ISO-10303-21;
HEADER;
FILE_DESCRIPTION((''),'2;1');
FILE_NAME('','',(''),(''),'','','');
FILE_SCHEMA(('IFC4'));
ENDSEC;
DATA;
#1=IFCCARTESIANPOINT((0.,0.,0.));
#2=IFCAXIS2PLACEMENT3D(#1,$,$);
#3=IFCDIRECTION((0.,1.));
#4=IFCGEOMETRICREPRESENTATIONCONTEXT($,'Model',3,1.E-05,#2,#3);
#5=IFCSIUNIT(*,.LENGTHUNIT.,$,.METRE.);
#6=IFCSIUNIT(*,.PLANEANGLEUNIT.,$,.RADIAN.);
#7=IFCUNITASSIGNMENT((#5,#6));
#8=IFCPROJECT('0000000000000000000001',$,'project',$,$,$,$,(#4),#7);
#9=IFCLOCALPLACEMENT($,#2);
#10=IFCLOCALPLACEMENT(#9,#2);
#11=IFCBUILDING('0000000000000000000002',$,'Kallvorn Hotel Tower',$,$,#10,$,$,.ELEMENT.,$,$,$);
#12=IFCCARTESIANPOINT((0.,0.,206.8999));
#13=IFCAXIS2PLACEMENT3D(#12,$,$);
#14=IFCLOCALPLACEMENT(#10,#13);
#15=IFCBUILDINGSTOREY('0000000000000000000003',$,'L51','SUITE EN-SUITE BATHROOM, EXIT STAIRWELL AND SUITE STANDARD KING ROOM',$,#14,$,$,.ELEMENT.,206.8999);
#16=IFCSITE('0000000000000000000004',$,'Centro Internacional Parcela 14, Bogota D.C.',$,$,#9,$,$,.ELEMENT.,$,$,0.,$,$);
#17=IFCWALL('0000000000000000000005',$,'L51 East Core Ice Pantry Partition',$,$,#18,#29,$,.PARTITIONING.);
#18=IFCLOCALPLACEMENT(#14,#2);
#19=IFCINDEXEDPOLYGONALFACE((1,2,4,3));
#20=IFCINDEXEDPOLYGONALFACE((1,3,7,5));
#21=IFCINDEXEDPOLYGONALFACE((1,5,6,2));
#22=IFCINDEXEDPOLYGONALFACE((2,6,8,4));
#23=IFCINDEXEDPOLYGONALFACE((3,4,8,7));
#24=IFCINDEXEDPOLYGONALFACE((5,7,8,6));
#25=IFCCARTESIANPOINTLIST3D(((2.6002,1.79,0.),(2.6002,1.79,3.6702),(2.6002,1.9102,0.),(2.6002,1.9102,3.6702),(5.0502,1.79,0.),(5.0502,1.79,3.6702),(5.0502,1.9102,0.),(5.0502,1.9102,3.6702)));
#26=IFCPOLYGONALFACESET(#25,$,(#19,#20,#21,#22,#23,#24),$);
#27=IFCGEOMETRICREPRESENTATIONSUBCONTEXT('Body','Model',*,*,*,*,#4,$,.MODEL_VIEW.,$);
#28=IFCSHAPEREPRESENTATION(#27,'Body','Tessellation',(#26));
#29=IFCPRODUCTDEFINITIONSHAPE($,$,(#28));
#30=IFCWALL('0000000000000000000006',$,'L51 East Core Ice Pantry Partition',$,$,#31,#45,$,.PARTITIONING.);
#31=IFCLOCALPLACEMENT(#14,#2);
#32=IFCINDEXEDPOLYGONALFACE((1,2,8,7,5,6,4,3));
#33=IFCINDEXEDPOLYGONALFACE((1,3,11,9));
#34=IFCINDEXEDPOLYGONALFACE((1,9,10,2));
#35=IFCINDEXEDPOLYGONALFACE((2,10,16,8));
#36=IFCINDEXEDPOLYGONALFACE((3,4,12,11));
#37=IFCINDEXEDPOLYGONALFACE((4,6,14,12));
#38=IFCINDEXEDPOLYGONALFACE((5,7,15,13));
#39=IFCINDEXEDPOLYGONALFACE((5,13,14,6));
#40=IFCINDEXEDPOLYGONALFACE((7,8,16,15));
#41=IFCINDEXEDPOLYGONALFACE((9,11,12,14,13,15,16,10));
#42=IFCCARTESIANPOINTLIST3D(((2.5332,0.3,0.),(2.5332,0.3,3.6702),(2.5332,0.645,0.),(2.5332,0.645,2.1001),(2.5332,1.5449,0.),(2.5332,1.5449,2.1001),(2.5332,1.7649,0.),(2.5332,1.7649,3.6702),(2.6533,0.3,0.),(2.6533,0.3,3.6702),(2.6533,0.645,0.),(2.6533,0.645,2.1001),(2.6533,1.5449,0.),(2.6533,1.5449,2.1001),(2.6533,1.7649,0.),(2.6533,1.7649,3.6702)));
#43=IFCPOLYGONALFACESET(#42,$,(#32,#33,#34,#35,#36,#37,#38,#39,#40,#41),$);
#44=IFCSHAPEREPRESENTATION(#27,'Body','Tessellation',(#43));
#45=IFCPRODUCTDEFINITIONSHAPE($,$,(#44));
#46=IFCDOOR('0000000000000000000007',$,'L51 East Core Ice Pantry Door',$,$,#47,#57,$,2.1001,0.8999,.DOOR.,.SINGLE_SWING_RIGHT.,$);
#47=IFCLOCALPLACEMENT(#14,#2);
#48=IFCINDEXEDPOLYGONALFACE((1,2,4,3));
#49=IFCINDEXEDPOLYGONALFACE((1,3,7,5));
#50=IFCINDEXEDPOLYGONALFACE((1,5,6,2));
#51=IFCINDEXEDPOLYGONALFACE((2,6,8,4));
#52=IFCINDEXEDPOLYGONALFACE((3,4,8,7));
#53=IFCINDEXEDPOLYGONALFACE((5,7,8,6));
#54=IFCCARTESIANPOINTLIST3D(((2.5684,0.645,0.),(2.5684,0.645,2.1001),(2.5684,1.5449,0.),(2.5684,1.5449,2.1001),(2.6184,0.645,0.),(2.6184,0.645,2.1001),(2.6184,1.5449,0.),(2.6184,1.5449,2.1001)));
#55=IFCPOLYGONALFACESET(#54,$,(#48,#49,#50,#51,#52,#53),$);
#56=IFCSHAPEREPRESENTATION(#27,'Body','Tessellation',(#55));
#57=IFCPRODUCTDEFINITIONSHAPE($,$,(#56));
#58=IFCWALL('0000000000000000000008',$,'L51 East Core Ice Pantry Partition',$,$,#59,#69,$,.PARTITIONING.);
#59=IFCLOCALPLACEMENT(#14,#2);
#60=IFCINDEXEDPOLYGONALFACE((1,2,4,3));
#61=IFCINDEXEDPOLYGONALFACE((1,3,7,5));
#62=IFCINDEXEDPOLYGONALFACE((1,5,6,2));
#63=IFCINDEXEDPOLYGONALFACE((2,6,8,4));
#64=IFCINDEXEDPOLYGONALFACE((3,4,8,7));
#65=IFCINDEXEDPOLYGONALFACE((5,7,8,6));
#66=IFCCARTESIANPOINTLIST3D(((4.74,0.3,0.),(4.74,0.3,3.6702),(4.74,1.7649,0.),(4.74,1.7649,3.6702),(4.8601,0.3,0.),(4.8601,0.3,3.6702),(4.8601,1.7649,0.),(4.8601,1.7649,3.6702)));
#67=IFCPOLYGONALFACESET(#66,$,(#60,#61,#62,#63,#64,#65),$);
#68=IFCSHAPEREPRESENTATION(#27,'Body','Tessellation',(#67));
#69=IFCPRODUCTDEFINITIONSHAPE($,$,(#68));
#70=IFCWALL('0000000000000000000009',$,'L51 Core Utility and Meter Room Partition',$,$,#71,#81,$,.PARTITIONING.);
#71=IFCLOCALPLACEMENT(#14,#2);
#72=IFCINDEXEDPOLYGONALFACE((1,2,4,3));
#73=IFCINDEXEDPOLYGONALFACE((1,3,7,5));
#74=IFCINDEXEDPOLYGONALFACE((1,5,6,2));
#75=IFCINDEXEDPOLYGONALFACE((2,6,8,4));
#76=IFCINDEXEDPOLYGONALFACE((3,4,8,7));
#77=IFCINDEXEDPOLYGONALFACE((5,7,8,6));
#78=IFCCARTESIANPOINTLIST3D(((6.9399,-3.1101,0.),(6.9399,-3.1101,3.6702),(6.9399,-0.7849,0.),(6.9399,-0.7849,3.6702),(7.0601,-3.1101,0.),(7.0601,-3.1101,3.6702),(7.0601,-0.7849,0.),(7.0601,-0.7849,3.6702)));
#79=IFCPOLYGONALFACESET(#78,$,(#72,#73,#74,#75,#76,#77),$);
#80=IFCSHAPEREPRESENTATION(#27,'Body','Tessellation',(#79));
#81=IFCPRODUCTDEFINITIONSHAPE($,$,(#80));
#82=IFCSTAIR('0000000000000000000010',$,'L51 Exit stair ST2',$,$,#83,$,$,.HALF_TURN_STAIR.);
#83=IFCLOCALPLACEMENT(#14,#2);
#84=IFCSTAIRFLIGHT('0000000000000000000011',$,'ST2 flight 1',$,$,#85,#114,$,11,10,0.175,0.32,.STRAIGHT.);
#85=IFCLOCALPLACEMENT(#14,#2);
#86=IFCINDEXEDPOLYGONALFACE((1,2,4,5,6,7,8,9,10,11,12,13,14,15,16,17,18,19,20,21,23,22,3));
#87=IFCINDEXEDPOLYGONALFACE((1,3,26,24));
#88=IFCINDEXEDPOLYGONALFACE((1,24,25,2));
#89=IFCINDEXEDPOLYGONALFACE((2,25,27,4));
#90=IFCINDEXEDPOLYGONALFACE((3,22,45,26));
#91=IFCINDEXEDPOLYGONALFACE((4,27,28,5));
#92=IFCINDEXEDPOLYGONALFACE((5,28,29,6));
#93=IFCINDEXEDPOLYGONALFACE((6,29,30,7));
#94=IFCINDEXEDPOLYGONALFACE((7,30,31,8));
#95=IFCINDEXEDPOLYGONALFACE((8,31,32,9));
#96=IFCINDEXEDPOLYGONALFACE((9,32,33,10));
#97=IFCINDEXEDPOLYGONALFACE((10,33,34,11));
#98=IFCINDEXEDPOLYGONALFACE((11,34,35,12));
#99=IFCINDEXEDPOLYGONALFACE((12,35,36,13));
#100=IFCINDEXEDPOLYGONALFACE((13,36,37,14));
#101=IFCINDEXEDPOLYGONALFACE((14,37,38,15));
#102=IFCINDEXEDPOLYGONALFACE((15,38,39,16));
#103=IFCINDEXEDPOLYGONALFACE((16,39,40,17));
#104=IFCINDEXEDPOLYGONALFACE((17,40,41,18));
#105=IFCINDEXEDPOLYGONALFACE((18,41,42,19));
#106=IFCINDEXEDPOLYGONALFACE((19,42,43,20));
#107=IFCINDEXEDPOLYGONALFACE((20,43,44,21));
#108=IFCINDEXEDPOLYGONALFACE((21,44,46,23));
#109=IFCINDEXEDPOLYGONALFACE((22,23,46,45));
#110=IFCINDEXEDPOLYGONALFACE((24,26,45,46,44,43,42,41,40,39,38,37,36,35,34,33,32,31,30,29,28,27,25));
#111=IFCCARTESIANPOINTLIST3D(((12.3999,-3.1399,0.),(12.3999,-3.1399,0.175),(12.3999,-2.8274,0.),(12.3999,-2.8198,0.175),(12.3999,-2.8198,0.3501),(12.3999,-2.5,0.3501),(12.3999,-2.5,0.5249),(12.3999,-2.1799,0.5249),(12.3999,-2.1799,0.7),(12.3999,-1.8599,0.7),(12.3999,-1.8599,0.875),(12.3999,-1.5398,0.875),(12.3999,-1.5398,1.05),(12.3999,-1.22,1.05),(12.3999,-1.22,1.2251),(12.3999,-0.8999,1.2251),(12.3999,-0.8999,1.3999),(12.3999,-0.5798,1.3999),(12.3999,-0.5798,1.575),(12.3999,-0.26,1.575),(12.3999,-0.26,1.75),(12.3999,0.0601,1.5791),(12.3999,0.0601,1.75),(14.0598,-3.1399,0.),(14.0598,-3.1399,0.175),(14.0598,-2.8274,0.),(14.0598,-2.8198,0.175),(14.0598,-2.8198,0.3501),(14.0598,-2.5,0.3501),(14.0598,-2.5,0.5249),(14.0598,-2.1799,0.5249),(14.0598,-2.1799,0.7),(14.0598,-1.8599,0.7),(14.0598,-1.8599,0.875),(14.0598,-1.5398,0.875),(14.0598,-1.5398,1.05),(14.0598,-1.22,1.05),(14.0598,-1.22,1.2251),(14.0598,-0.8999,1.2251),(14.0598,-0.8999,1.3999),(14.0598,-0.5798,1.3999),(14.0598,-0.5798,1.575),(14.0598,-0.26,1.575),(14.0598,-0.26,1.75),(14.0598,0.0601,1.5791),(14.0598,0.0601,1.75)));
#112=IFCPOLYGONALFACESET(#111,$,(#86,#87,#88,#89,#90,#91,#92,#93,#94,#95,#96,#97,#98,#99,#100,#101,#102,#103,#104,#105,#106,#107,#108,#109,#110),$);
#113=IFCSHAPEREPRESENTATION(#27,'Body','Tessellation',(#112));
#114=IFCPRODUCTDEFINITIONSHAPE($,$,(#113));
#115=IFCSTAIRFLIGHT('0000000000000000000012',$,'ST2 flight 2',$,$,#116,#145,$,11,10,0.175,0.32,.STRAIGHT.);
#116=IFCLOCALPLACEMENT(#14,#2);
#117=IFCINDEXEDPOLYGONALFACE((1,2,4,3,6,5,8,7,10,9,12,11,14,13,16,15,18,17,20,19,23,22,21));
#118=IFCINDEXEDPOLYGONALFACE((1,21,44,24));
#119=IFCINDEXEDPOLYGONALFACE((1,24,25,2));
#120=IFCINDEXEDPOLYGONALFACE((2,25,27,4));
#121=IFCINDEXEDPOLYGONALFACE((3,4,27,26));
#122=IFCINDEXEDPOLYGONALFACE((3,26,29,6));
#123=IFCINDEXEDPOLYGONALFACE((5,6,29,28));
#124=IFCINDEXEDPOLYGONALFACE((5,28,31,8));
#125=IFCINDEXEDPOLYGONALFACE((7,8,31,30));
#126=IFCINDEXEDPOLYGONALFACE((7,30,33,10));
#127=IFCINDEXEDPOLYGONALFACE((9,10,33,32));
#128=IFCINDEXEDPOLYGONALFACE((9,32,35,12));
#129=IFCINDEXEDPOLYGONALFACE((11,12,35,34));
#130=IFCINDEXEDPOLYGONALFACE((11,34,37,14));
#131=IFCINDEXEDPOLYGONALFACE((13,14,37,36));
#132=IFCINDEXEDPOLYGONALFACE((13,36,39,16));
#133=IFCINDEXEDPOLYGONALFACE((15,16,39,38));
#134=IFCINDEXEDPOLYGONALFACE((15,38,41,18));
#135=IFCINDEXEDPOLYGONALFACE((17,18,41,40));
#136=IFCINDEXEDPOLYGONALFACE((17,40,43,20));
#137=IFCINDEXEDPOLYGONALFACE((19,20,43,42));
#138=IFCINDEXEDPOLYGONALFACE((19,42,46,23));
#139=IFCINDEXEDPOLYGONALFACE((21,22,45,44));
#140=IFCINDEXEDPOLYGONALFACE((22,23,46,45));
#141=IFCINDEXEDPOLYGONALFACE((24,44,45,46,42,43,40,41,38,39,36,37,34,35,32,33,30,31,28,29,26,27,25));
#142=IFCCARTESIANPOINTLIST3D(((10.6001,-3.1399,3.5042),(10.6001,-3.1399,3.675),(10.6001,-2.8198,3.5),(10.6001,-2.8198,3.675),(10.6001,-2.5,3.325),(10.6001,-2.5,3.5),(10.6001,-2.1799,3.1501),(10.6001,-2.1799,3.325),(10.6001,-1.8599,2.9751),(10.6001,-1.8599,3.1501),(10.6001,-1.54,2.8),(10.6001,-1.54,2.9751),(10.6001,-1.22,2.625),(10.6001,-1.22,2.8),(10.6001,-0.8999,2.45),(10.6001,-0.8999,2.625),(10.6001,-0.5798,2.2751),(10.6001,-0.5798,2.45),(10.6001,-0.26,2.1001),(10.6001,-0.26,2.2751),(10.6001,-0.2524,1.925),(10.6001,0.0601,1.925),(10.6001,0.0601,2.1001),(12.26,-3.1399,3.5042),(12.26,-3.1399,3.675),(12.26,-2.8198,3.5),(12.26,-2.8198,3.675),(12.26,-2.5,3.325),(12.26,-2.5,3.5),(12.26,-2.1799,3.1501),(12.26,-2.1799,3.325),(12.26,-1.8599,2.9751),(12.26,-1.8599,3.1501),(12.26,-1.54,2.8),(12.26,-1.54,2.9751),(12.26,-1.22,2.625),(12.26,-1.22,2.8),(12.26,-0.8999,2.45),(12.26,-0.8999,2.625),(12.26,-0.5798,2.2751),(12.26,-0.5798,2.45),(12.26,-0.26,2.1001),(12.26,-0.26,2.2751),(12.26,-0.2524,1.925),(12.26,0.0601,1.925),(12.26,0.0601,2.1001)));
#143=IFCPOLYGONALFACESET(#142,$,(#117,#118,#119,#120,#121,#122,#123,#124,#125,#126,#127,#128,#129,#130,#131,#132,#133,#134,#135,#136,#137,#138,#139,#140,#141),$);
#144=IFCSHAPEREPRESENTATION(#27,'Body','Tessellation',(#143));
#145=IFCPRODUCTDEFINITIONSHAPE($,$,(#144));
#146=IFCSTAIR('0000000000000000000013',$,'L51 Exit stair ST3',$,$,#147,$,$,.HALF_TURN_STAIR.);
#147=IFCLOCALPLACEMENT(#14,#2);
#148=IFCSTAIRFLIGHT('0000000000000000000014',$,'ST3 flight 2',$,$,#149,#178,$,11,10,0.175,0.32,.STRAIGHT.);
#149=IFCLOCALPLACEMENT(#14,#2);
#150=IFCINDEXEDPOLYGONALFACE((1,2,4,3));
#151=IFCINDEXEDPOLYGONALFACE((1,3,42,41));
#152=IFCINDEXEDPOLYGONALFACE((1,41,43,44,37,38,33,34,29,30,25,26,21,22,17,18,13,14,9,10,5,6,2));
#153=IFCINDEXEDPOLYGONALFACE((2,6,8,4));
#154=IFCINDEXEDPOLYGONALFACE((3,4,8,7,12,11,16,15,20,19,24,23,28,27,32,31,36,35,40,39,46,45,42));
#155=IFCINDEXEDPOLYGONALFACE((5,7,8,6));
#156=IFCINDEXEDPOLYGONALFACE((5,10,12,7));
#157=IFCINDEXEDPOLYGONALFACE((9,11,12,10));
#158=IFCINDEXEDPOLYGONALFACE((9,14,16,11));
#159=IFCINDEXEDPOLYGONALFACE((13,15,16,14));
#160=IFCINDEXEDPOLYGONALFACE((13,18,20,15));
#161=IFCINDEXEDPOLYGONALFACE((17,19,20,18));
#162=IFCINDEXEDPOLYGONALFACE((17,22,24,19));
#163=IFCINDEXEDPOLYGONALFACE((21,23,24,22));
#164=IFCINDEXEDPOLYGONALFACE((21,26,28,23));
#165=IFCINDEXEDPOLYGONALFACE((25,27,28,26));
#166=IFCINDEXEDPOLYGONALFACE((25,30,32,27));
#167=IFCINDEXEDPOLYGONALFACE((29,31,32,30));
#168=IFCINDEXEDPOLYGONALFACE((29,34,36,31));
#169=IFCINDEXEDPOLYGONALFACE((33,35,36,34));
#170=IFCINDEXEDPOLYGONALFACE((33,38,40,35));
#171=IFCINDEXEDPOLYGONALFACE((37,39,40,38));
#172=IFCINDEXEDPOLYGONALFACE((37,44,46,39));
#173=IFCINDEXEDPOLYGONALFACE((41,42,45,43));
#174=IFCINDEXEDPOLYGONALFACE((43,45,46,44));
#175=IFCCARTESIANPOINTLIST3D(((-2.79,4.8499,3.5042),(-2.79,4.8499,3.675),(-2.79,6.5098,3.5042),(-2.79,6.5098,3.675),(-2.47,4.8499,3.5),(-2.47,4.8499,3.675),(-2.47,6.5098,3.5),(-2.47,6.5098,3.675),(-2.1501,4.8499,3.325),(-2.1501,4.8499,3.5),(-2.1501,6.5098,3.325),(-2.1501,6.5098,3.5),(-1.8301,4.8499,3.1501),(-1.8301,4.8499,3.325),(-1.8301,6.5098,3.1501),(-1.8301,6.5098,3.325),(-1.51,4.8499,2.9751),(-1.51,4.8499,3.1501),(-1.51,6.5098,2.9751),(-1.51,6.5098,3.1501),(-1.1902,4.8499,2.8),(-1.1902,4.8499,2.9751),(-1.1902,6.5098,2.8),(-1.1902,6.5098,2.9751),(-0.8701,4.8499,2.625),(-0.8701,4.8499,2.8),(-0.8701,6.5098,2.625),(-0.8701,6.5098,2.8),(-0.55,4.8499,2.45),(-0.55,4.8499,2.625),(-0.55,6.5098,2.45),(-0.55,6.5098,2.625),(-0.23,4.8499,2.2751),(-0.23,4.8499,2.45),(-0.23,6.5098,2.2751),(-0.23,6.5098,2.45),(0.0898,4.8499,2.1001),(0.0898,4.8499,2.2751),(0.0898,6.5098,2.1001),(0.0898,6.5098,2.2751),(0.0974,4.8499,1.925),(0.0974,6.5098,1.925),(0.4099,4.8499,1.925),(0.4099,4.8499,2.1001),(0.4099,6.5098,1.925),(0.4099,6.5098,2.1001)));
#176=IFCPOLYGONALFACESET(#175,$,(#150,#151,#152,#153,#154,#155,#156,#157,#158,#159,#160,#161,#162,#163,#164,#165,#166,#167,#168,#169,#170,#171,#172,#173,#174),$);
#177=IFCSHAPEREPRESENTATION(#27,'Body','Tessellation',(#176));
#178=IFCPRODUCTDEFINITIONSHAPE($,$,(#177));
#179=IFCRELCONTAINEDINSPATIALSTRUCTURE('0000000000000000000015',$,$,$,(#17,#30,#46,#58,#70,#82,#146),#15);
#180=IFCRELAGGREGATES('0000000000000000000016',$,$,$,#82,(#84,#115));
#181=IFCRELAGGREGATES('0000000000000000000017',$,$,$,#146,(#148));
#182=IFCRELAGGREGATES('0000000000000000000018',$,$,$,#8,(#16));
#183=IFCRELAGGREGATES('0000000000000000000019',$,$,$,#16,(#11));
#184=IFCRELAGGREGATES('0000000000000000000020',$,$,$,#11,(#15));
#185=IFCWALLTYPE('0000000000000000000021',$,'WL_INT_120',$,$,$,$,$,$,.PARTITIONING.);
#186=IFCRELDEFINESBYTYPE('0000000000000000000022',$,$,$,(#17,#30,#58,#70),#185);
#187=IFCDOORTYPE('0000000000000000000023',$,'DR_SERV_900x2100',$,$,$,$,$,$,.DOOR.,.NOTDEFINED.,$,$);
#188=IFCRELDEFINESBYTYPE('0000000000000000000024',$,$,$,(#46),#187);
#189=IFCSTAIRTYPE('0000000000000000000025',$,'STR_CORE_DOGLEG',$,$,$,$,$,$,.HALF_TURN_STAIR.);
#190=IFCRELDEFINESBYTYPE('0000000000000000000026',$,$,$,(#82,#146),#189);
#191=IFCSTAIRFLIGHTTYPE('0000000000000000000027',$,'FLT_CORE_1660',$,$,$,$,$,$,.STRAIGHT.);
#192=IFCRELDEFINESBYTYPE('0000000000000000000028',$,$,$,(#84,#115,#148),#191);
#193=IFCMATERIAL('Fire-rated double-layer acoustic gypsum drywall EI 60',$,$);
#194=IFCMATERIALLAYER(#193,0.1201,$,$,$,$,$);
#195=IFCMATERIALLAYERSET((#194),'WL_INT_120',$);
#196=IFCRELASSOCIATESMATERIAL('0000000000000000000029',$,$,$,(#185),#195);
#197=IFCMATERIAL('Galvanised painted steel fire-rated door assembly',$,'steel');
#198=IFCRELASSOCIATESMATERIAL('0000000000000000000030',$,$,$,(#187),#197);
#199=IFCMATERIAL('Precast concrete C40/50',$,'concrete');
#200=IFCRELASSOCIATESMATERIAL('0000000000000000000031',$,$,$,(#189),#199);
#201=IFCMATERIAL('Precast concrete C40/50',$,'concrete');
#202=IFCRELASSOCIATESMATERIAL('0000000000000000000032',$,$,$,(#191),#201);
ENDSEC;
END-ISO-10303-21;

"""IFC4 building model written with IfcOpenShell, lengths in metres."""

from ifc_helpers import new_model, si_unit, direction, frame, frame_2d, origin, place, context, subcontext, project, spatial, polyline, rectangle, outline, extrude, material, layer, layer_set, type_object, element, fill, aggregate, save


model = new_model("IFC4")

# Units and contexts
model_context = context("Model", 3, precision=1e-05, world=origin(), true_north=direction((0.0, 1.0)))
body_context = subcontext(model_context, "Body", "Model", "MODEL_VIEW")
ifc_project = project(units=[si_unit("LENGTHUNIT", "METRE"), si_unit("PLANEANGLEUNIT", "RADIAN")], contexts=[model_context])

# Site, building, storey
site_placement = place(None, origin())
site = spatial("IfcSite", under=ifc_project, at=site_placement, Name="Centro Internacional Parcela 14, Bogota D.C.", CompositionType="ELEMENT", RefElevation=0.0)
building_placement = place(site_placement, origin())
building = spatial("IfcBuilding", under=site, at=building_placement, Name="Kallvorn Hotel Tower", CompositionType="ELEMENT")
storey_placement = place(building_placement, frame((0.0, 0.0, 206.8999)))
storey = spatial("IfcBuildingStorey", under=building, at=storey_placement, Name="L51", Description="SUITE EN-SUITE BATHROOM, EXIT STAIRWELL AND SUITE STANDARD KING ROOM", CompositionType="ELEMENT", Elevation=206.8999)

# Wall
ifc_material_1 = material(Name="Fire-rated double-layer acoustic gypsum drywall EI 60")
ifc_layer_1 = layer(ifc_material_1, 0.1201)
ifc_layer_set_1 = layer_set([ifc_layer_1], Name="WL_INT_120")
wall_type_1 = type_object("IfcWallType", Name="WL_INT_120", PredefinedType="PARTITIONING", material=ifc_layer_set_1)
wall_1_placement = place(storey_placement, frame((2.6001, 1.8501, 0.0), z_axis=(0.0, 0.0, 1.0), x_axis=(1.0, 0.0, 0.0)))
element("IfcWall", 1, at=wall_1_placement, inside=storey, type_object=wall_type_1, Name="L51 East Core Ice Pantry Partition", PredefinedType="PARTITIONING", context=body_context, shape_type="SweptSolid", body=[
    extrude(rectangle(XDim=2.45, YDim=0.1201, at=frame_2d((1.2251, 0.0))), origin(), (0.0, 0.0, 1.0), 3.6702),
])

# Wall, opening, door
wall_2_placement = place(storey_placement, frame((2.5933, 0.3, 0.0), z_axis=(0.0, 0.0, 1.0), x_axis=(0.0, 1.0, 0.0)))
wall_2 = element("IfcWall", 2, at=wall_2_placement, inside=storey, type_object=wall_type_1, Name="L51 East Core Ice Pantry Partition", PredefinedType="PARTITIONING", context=body_context, shape_type="SweptSolid", body=[
    extrude(rectangle(XDim=1.4648, YDim=0.1201, at=frame_2d((0.7324, 0.0))), origin(), (0.0, 0.0, 1.0), 3.6702),
])
opening_1_placement = place(wall_2_placement, frame((0.345, 0.0, 0.0)))
opening_1 = element("IfcOpeningElement", 3, at=opening_1_placement, cuts=wall_2, PredefinedType="OPENING", context=body_context, shape_type="SweptSolid", body=[
    extrude(rectangle(XDim=0.8999, YDim=2.1001, at=frame_2d((0.45, 1.05))), frame((0.0, 0.075, 0.0), z_axis=(0.0, -1.0, 0.0), x_axis=(1.0, 0.0, 0.0)), (0.0, 0.0, 1.0), 0.1501),
])
ifc_material_2 = material(Name="Galvanised painted steel fire-rated door assembly", Category="steel")
door_type_1 = type_object("IfcDoorType", Name="DR_SERV_900x2100", OperationType="NOTDEFINED", PredefinedType="DOOR", material=ifc_material_2)
door_1_placement = place(opening_1_placement, origin())
door_1 = element("IfcDoor", 4, at=door_1_placement, inside=storey, type_object=door_type_1, Name="L51 East Core Ice Pantry Door", OperationType="SINGLE_SWING_RIGHT", OverallHeight=2.1001, OverallWidth=0.8999, PredefinedType="DOOR", context=body_context, shape_type="SweptSolid", body=[
    extrude(rectangle(XDim=0.8999, YDim=2.1001, at=frame_2d((0.45, 1.05))), frame((0.0, 0.0249, 0.0), z_axis=(0.0, -1.0, 0.0), x_axis=(1.0, 0.0, 0.0)), (0.0, 0.0, 1.0), 0.05),
])
fill(opening_1, door_1)

# Walls
wall_3_placement = place(storey_placement, frame((4.8, 0.3, 0.0), z_axis=(0.0, 0.0, 1.0), x_axis=(0.0, 1.0, 0.0)))
element("IfcWall", 5, at=wall_3_placement, inside=storey, type_object=wall_type_1, Name="L51 East Core Ice Pantry Partition", PredefinedType="PARTITIONING", context=body_context, shape_type="SweptSolid", body=[
    extrude(rectangle(XDim=1.4648, YDim=0.1201, at=frame_2d((0.7324, 0.0))), origin(), (0.0, 0.0, 1.0), 3.6702),
])
wall_4_placement = place(storey_placement, frame((7.0, -3.1101, 0.0), z_axis=(0.0, 0.0, 1.0), x_axis=(0.0, 1.0, 0.0)))
element("IfcWall", 6, at=wall_4_placement, inside=storey, type_object=wall_type_1, Name="L51 Core Utility and Meter Room Partition", PredefinedType="PARTITIONING", context=body_context, shape_type="SweptSolid", body=[
    extrude(rectangle(XDim=2.3252, YDim=0.1201, at=frame_2d((1.1626, 0.0))), origin(), (0.0, 0.0, 1.0), 3.6702),
])

# Stair, stair flights
ifc_material_3 = material(Name="Precast concrete C40/50", Category="concrete")
stair_type = type_object("IfcStairType", Name="STR_CORE_DOGLEG", PredefinedType="HALF_TURN_STAIR", material=ifc_material_3)
stair_1_placement = place(storey_placement, origin())
stair_1 = element("IfcStair", 7, at=stair_1_placement, inside=storey, type_object=stair_type, Name="L51 Exit stair ST2", PredefinedType="HALF_TURN_STAIR")
ifc_material_4 = material(Name="Precast concrete C40/50", Category="concrete")
stair_flight_type = type_object("IfcStairFlightType", Name="FLT_CORE_1660", PredefinedType="STRAIGHT", material=ifc_material_4)
stair_flight_1_placement = place(storey_placement, frame((13.23, -3.1399, 0.0), z_axis=(0.0, 0.0, 1.0), x_axis=(0.0, 1.0, 0.0)))
stair_flight_1 = element("IfcStairFlight", 8, at=stair_flight_1_placement, type_object=stair_flight_type, Name="ST2 flight 1", NumberOfRisers=11, NumberOfTreads=10, PredefinedType="STRAIGHT", RiserHeight=0.175, TreadLength=0.32, context=body_context, shape_type="SweptSolid", body=[
    extrude(outline(polyline([(0.0, 0.0), (0.0, 0.175), (0.3201, 0.175), (0.3201, 0.3501), (0.6399, 0.3501), (0.6399, 0.5249), (0.96, 0.5249), (0.96, 0.7), (1.28, 0.7), (1.28, 0.875), (1.6001, 0.875), (1.6001, 1.05), (1.9199, 1.05), (1.9199, 1.2251), (2.24, 1.2251), (2.24, 1.3999), (2.5601, 1.3999), (2.5601, 1.575), (2.8799, 1.575), (2.8799, 1.75), (3.2, 1.75), (3.2, 1.925), (3.2, 1.5791), (0.3125, 0.0), (0.0, 0.0)])), frame((0.0, 0.8301, 0.0), z_axis=(0.0, -1.0, 0.0), x_axis=(1.0, 0.0, 0.0)), (0.0, 0.0, 1.0), 1.6599),
])
stair_flight_2_placement = place(storey_placement, frame((11.4299, 0.0601, 1.925), z_axis=(0.0, 0.0, 1.0), x_axis=(0.0, -1.0, 0.0)))
stair_flight_2 = element("IfcStairFlight", 9, at=stair_flight_2_placement, type_object=stair_flight_type, Name="ST2 flight 2", NumberOfRisers=11, NumberOfTreads=10, PredefinedType="STRAIGHT", RiserHeight=0.175, TreadLength=0.32, context=body_context, shape_type="SweptSolid", body=[
    extrude(outline(polyline([(0.0, 0.0), (0.0, 0.175), (0.3201, 0.175), (0.3201, 0.3501), (0.6399, 0.3501), (0.6399, 0.5249), (0.96, 0.5249), (0.96, 0.7), (1.28, 0.7), (1.28, 0.875), (1.6001, 0.875), (1.6001, 1.05), (1.9199, 1.05), (1.9199, 1.2251), (2.24, 1.2251), (2.24, 1.3999), (2.5601, 1.3999), (2.5601, 1.575), (2.8799, 1.575), (2.8799, 1.75), (3.2, 1.75), (3.2, 1.925), (3.2, 1.5791), (0.3125, 0.0), (0.0, 0.0)])), frame((0.0, 0.8301, 0.0), z_axis=(0.0, -1.0, 0.0), x_axis=(1.0, 0.0, 0.0)), (0.0, 0.0, 1.0), 1.6599),
])
aggregate(stair_1, [stair_flight_1, stair_flight_2])

# Stair, stair flight
stair_2_placement = place(storey_placement, origin())
stair_2 = element("IfcStair", 10, at=stair_2_placement, inside=storey, type_object=stair_type, Name="L51 Exit stair ST3", PredefinedType="HALF_TURN_STAIR")
stair_flight_3_placement = place(storey_placement, frame((0.4099, 5.6799, 1.925), z_axis=(0.0, 0.0, 1.0), x_axis=(-1.0, 0.0, 0.0)))
stair_flight_3 = element("IfcStairFlight", 11, at=stair_flight_3_placement, type_object=stair_flight_type, Name="ST3 flight 2", NumberOfRisers=11, NumberOfTreads=10, PredefinedType="STRAIGHT", RiserHeight=0.175, TreadLength=0.32, context=body_context, shape_type="SweptSolid", body=[
    extrude(outline(polyline([(0.0, 0.0), (0.0, 0.175), (0.3201, 0.175), (0.3201, 0.3501), (0.6399, 0.3501), (0.6399, 0.5249), (0.96, 0.5249), (0.96, 0.7), (1.28, 0.7), (1.28, 0.875), (1.6001, 0.875), (1.6001, 1.05), (1.9199, 1.05), (1.9199, 1.2251), (2.24, 1.2251), (2.24, 1.3999), (2.5601, 1.3999), (2.5601, 1.575), (2.8799, 1.575), (2.8799, 1.75), (3.2, 1.75), (3.2, 1.925), (3.2, 1.5791), (0.3125, 0.0), (0.0, 0.0)])), frame((0.0, 0.8301, 0.0), z_axis=(0.0, -1.0, 0.0), x_axis=(1.0, 0.0, 0.0)), (0.0, 0.0, 1.0), 1.6599),
])
aggregate(stair_2, [stair_flight_3])

save(model, "model.ifc")
